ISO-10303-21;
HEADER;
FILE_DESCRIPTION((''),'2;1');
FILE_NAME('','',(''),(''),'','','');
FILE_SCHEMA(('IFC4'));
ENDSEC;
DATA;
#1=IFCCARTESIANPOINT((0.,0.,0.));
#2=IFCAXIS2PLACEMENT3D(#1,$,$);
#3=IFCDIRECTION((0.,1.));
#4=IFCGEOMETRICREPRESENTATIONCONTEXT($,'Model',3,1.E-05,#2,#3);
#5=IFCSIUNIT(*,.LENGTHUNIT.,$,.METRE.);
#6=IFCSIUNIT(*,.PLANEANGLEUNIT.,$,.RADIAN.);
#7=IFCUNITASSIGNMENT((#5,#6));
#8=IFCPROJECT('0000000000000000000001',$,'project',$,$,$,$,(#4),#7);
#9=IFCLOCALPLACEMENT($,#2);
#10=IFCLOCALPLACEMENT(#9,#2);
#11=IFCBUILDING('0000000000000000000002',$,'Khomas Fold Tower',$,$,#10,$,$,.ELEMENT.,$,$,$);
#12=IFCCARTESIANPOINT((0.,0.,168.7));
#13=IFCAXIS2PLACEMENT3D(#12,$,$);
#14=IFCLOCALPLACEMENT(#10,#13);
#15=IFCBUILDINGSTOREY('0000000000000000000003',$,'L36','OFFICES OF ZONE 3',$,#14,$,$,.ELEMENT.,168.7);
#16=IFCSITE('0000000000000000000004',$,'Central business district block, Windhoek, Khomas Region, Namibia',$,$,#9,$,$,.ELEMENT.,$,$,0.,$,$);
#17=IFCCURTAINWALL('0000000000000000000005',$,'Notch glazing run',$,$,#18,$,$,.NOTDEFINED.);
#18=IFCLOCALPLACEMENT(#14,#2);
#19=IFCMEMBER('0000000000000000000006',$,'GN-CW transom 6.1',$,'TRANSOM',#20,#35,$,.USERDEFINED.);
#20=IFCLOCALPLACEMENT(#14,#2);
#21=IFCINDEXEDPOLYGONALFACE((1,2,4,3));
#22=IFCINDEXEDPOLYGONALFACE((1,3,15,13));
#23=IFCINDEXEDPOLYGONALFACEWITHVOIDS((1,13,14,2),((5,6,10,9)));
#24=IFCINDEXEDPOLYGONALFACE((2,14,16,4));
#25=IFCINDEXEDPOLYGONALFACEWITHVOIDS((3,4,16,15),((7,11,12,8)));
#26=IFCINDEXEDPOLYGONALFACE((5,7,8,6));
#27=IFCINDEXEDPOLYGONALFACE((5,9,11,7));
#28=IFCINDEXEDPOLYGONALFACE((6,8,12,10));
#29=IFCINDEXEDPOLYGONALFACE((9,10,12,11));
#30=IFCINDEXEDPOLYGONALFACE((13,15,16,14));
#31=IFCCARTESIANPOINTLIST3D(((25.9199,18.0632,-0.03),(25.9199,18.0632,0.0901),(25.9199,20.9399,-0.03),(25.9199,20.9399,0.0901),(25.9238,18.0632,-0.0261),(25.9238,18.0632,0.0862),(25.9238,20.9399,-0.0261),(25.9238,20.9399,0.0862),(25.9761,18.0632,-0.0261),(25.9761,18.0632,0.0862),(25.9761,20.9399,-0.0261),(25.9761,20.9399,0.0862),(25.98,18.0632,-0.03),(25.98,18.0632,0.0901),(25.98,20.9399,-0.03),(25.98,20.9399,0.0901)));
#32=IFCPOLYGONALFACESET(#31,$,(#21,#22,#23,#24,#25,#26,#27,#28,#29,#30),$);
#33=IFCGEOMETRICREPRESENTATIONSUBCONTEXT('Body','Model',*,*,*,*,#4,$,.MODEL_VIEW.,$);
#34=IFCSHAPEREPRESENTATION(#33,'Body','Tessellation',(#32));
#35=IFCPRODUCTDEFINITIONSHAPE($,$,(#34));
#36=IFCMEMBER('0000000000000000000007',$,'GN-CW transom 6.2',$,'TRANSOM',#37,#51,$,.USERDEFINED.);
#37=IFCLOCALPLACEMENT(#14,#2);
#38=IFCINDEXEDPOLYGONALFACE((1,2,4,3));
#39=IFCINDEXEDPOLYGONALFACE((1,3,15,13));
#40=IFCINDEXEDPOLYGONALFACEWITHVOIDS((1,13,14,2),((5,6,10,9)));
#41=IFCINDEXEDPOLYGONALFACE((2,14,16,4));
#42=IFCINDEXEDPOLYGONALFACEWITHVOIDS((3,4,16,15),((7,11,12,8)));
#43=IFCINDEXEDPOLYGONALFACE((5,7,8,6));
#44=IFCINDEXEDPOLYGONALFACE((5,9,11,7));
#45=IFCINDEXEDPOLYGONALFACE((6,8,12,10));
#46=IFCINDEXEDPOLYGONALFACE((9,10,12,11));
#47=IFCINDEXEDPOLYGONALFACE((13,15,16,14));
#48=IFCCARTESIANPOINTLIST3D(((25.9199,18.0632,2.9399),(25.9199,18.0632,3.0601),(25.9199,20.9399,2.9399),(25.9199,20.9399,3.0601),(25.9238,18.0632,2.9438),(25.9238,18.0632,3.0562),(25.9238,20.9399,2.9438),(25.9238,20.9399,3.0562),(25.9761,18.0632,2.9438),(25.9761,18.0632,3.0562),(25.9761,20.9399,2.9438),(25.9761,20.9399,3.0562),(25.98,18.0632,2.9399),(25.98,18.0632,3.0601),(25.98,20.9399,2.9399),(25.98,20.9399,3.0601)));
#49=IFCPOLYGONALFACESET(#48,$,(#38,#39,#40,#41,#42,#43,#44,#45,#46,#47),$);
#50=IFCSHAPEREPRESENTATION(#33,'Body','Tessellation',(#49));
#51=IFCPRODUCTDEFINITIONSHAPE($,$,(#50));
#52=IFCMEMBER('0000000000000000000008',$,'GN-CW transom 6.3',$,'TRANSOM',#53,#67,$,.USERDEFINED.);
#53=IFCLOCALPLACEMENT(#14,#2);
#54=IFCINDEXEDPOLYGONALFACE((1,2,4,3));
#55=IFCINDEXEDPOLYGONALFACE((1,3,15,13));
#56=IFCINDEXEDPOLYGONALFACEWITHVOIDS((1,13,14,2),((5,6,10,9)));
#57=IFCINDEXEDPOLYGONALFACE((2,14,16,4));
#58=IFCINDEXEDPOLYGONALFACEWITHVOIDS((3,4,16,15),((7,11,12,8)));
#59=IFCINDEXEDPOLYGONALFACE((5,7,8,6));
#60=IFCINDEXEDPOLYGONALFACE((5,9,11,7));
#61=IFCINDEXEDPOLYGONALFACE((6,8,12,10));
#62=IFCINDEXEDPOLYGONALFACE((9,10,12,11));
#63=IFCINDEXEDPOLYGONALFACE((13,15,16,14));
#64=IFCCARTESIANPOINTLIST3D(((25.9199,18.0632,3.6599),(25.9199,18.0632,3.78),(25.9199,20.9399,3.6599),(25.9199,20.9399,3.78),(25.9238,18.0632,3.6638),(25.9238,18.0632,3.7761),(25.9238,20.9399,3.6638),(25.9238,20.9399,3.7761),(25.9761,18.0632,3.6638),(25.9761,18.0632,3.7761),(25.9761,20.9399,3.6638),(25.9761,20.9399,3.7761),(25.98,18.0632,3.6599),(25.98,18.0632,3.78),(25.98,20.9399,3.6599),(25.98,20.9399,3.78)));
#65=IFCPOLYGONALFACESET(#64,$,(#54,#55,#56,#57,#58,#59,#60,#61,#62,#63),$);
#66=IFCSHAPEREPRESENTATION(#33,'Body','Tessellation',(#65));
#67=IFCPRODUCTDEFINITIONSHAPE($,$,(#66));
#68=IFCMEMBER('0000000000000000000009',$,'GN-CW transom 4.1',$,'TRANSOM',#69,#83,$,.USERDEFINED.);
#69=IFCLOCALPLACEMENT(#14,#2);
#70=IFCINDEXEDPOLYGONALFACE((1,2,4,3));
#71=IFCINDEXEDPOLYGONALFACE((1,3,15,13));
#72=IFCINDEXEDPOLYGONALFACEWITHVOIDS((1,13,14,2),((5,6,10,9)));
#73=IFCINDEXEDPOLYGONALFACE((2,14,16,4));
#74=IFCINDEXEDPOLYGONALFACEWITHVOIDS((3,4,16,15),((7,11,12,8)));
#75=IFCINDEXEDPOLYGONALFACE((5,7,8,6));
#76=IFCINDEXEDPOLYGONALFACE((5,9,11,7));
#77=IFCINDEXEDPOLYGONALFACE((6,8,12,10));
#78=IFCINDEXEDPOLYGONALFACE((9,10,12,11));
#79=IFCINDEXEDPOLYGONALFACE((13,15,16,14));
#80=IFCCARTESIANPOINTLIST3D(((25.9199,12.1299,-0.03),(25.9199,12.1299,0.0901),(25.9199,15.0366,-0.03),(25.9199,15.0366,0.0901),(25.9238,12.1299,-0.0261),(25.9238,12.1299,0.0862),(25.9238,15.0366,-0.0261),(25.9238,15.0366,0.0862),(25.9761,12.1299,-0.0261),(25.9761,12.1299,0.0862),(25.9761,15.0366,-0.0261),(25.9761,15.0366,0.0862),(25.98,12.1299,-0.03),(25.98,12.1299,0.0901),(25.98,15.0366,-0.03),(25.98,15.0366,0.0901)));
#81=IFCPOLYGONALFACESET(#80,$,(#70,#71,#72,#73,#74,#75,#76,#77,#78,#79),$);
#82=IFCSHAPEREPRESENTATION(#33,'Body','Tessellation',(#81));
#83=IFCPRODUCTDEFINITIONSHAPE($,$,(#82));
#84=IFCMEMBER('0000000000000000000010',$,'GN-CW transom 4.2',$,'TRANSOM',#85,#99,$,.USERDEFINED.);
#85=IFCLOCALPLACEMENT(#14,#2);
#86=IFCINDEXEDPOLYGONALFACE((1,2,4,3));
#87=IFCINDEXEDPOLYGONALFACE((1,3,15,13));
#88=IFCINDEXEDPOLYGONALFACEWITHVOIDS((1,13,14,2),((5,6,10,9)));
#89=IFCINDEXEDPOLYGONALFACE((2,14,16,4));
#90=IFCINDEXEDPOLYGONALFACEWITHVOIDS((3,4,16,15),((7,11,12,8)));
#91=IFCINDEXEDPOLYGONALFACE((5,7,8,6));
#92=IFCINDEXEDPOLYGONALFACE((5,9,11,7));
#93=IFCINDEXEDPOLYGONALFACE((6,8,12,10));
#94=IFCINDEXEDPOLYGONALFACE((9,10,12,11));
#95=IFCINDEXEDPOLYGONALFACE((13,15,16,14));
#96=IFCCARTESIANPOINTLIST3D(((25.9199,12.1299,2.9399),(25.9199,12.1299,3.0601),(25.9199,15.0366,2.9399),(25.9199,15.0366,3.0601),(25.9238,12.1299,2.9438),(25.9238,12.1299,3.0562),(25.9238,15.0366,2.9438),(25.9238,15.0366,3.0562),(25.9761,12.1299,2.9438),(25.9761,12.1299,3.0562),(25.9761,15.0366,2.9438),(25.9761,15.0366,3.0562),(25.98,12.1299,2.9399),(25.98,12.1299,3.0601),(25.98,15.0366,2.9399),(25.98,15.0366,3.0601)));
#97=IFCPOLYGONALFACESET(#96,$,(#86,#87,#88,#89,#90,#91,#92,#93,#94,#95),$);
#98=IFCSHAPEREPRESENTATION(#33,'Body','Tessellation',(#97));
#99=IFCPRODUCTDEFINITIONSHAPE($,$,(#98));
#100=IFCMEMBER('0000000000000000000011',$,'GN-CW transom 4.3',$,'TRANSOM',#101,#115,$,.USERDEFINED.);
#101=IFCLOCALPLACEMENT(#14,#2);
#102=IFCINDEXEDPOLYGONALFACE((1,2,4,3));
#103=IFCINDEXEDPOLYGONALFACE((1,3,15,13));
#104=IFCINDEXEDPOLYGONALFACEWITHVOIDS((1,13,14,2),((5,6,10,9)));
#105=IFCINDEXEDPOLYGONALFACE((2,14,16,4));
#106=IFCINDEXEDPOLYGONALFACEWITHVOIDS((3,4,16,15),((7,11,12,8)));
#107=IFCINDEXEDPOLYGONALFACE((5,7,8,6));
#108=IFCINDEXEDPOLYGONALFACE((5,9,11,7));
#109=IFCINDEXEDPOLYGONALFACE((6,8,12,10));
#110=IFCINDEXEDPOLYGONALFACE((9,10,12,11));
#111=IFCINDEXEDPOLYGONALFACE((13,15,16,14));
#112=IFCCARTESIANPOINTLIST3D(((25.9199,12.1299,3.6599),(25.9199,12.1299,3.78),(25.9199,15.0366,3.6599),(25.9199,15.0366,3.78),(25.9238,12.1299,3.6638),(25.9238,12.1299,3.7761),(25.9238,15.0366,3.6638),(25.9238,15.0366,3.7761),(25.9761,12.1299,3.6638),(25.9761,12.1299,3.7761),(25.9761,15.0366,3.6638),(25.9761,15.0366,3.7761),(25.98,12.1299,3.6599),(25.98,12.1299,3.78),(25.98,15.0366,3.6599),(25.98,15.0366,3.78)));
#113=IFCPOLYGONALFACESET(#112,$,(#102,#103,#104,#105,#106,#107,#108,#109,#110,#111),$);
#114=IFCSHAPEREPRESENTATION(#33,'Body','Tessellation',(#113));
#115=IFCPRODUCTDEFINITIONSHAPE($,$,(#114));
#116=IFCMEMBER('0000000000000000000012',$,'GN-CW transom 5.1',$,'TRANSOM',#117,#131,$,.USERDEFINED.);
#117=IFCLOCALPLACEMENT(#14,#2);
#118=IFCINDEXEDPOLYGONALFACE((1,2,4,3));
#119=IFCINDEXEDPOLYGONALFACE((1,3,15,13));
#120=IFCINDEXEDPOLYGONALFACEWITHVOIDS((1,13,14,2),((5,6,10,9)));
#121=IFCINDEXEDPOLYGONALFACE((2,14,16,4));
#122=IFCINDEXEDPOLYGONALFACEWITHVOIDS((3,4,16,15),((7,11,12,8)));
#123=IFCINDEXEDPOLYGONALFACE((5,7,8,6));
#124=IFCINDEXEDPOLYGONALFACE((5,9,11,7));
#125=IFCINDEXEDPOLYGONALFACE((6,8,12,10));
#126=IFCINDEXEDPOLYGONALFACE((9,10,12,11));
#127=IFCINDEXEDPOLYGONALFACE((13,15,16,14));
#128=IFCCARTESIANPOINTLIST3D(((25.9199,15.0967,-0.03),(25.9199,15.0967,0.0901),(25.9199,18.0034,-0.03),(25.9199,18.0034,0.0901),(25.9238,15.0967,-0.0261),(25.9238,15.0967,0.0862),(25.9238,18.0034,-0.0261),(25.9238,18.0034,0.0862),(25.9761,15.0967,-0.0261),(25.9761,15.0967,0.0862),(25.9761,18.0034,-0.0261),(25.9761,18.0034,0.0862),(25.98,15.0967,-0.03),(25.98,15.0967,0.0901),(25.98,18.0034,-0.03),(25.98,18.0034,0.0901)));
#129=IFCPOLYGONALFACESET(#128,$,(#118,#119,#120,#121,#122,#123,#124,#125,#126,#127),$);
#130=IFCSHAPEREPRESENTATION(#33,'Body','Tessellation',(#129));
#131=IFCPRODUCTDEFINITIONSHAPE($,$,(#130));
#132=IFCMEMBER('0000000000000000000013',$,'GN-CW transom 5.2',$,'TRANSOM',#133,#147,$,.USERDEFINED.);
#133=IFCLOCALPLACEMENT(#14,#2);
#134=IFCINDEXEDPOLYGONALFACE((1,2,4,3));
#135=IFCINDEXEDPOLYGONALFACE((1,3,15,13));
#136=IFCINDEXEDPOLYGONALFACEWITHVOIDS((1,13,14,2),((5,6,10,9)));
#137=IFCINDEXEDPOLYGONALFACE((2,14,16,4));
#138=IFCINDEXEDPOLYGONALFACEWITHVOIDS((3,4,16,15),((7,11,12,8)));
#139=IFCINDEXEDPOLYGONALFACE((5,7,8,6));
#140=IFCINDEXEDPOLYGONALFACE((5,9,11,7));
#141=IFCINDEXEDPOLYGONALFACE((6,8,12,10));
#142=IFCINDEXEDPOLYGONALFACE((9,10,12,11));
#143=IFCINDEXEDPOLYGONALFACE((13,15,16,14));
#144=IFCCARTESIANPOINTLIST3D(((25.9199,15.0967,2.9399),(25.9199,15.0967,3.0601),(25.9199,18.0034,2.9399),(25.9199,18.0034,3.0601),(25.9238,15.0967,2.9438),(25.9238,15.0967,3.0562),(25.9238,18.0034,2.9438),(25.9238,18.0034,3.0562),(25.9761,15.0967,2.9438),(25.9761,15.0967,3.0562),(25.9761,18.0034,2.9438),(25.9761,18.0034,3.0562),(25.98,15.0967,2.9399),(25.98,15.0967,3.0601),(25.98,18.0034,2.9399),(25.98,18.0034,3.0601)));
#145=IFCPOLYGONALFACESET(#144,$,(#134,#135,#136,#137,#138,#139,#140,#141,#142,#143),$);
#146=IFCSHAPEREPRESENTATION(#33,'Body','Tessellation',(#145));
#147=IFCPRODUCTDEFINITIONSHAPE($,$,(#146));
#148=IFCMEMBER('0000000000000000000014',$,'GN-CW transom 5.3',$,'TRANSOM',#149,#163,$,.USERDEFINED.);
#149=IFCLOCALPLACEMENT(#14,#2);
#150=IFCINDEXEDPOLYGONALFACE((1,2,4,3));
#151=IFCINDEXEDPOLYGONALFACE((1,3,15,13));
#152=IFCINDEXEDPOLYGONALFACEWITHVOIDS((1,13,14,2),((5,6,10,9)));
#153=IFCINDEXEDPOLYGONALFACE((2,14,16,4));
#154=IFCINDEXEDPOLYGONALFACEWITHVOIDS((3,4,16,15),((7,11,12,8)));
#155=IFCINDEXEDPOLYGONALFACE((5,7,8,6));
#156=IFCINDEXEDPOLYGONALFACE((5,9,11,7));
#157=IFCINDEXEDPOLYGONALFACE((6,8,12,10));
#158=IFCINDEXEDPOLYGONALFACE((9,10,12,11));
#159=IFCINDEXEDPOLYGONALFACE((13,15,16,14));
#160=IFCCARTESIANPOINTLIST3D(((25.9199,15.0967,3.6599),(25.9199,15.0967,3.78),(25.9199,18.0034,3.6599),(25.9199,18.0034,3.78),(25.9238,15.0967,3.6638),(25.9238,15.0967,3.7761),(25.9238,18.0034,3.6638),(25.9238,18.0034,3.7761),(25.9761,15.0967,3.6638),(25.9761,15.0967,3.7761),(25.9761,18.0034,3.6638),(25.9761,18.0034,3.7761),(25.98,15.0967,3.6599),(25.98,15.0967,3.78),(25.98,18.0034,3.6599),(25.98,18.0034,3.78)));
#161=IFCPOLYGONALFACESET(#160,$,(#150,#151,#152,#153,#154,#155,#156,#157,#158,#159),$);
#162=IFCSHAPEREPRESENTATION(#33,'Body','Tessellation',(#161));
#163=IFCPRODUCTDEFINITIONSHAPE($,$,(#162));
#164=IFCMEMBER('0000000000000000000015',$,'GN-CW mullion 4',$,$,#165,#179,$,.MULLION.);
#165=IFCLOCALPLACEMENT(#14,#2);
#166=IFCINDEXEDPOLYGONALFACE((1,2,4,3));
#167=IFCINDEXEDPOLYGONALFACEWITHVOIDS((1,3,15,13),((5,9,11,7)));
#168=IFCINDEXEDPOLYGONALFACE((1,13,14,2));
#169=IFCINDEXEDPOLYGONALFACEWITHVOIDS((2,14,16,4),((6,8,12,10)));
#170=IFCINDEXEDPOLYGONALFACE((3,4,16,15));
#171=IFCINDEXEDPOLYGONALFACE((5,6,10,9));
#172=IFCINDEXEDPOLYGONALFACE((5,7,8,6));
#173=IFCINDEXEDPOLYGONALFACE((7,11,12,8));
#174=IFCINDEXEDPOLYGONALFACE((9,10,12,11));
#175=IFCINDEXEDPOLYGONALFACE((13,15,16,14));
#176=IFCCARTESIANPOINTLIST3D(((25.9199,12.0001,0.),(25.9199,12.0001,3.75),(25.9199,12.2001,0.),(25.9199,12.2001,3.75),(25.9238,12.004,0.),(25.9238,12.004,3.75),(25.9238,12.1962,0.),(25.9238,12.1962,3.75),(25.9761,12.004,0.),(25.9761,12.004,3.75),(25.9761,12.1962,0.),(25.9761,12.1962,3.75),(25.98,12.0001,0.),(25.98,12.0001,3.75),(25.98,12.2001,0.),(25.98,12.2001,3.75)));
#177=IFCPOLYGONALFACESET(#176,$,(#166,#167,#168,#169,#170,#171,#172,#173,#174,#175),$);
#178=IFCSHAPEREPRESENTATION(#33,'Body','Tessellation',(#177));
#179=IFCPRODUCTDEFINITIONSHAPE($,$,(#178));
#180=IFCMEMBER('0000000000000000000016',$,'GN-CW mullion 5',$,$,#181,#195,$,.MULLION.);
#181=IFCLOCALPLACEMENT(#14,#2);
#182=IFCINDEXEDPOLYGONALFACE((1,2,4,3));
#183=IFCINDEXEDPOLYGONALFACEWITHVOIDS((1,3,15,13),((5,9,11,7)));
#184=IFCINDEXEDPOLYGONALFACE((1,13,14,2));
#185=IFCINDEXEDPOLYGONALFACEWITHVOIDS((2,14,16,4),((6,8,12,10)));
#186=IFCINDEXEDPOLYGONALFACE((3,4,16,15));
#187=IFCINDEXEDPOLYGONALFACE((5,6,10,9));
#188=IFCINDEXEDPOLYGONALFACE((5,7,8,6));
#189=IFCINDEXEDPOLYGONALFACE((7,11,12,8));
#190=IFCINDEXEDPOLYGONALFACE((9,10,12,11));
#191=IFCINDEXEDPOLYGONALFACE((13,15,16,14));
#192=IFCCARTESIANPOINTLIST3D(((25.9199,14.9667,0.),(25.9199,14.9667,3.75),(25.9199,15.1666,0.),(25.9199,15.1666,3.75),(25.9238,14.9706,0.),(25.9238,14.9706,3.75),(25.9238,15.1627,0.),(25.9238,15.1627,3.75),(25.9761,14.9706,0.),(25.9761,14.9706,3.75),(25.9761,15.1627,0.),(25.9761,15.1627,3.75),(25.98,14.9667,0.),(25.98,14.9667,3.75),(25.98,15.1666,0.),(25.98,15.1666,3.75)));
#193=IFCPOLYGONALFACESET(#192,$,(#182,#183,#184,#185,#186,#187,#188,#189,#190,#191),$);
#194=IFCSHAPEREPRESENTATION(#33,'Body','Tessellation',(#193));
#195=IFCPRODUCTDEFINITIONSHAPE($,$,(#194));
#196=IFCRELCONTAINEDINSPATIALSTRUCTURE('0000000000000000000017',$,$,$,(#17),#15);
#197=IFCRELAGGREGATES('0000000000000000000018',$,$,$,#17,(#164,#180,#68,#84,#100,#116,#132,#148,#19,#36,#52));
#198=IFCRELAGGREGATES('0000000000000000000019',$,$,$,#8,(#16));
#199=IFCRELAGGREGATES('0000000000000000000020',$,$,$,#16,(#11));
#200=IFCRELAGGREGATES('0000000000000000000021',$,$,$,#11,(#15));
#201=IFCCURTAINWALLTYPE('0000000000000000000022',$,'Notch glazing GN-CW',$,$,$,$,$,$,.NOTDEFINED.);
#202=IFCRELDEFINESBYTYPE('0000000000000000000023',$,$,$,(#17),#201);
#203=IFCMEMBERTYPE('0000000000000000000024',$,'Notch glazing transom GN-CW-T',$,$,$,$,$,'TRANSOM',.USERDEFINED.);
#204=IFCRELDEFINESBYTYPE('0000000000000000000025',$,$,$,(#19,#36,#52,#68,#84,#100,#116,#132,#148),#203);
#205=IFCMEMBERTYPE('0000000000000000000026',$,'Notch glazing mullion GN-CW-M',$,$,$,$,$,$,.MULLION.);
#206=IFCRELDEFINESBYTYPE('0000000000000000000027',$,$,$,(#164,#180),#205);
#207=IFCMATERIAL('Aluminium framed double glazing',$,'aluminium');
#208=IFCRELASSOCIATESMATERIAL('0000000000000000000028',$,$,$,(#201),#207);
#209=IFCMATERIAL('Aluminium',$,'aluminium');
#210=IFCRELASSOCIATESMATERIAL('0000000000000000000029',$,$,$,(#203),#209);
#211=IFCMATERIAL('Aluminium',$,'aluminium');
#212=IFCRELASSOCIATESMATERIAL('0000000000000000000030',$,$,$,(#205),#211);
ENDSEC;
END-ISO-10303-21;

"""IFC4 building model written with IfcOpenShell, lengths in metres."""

from ifc_helpers import new_model, si_unit, direction, frame, origin, origin_2d, place, context, subcontext, project, spatial, hollow_rectangle, extrude, source, transform, mapped, material, material_profile, profile_set, type_object, element, aggregate, save


model = new_model("IFC4")

# Units and contexts
model_context = context("Model", 3, precision=1e-05, world=origin(), true_north=direction((0.0, 1.0)))
body_context = subcontext(model_context, "Body", "Model", "MODEL_VIEW")
ifc_project = project(units=[si_unit("LENGTHUNIT", "METRE"), si_unit("PLANEANGLEUNIT", "RADIAN")], contexts=[model_context])

# Site, building, storey
site_placement = place(None, origin())
site = spatial("IfcSite", under=ifc_project, at=site_placement, Name="Central business district block, Windhoek, Khomas Region, Namibia", CompositionType="ELEMENT", RefElevation=0.0)
building_placement = place(site_placement, origin())
building = spatial("IfcBuilding", under=site, at=building_placement, Name="Khomas Fold Tower", CompositionType="ELEMENT")
storey_placement = place(building_placement, frame((0.0, 0.0, 168.7)))
storey = spatial("IfcBuildingStorey", under=building, at=storey_placement, Name="L36", Description="OFFICES OF ZONE 3", CompositionType="ELEMENT", Elevation=168.7)

# Curtain wall, members
ifc_material_1 = material(Name="Aluminium framed double glazing", Category="aluminium")
curtain_wall_type = type_object("IfcCurtainWallType", Name="Notch glazing GN-CW", PredefinedType="NOTDEFINED", material=ifc_material_1)
curtain_wall_placement = place(storey_placement, origin())
curtain_wall = element("IfcCurtainWall", 1, at=curtain_wall_placement, inside=storey, type_object=curtain_wall_type, Name="Notch glazing run", PredefinedType="NOTDEFINED")
ifc_material_2 = material(Name="Aluminium", Category="aluminium")
ifc_material_profile_1 = material_profile(ifc_material_2, hollow_rectangle(XDim=0.0601, YDim=0.1201, WallThickness=0.0039, at=origin_2d()), Name="Notch glazing transom GN-CW-T")
ifc_profile_set_1 = profile_set([ifc_material_profile_1], Name="Aluminium")
member_type_1 = type_object("IfcMemberType", Name="Notch glazing transom GN-CW-T", ElementType="TRANSOM", PredefinedType="USERDEFINED", material=ifc_profile_set_1)
shared_shape_1 = source(origin(), body_context, "Body", "SweptSolid", [
    extrude(hollow_rectangle(XDim=0.0601, YDim=0.1201, WallThickness=0.0039, at=origin_2d()), origin(), (0.0, 0.0, 1.0), 2.8767),
])
member_1_placement = place(storey_placement, frame((25.95, 18.0632, 0.03), z_axis=(0.0, 1.0, 0.0), x_axis=(-1.0, 0.0, 0.0)))
member_1 = element("IfcMember", 2, at=member_1_placement, type_object=member_type_1, Name="GN-CW transom 6.1", ObjectType="TRANSOM", PredefinedType="USERDEFINED", context=body_context, shape_type="MappedRepresentation", body=[
    mapped(shared_shape_1, transform((0.0, 0.0, 0.0))),
])
member_2_placement = place(storey_placement, frame((25.95, 18.0632, 3.0), z_axis=(0.0, 1.0, 0.0), x_axis=(-1.0, 0.0, 0.0)))
member_2 = element("IfcMember", 3, at=member_2_placement, type_object=member_type_1, Name="GN-CW transom 6.2", ObjectType="TRANSOM", PredefinedType="USERDEFINED", context=body_context, shape_type="MappedRepresentation", body=[
    mapped(shared_shape_1, transform((0.0, 0.0, 0.0))),
])
member_3_placement = place(storey_placement, frame((25.95, 18.0632, 3.72), z_axis=(0.0, 1.0, 0.0), x_axis=(-1.0, 0.0, 0.0)))
member_3 = element("IfcMember", 4, at=member_3_placement, type_object=member_type_1, Name="GN-CW transom 6.3", ObjectType="TRANSOM", PredefinedType="USERDEFINED", context=body_context, shape_type="MappedRepresentation", body=[
    mapped(shared_shape_1, transform((0.0, 0.0, 0.0))),
])
shared_shape_2 = source(origin(), body_context, "Body", "SweptSolid", [
    extrude(hollow_rectangle(XDim=0.0601, YDim=0.1201, WallThickness=0.0039, at=origin_2d()), origin(), (0.0, 0.0, 1.0), 2.9067),
])
member_4_placement = place(storey_placement, frame((25.95, 12.1299, 0.03), z_axis=(0.0, 1.0, 0.0), x_axis=(-1.0, 0.0, 0.0)))
member_4 = element("IfcMember", 5, at=member_4_placement, type_object=member_type_1, Name="GN-CW transom 4.1", ObjectType="TRANSOM", PredefinedType="USERDEFINED", context=body_context, shape_type="MappedRepresentation", body=[
    mapped(shared_shape_2, transform((0.0, 0.0, 0.0))),
])
member_5_placement = place(storey_placement, frame((25.95, 12.1299, 3.0), z_axis=(0.0, 1.0, 0.0), x_axis=(-1.0, 0.0, 0.0)))
member_5 = element("IfcMember", 6, at=member_5_placement, type_object=member_type_1, Name="GN-CW transom 4.2", ObjectType="TRANSOM", PredefinedType="USERDEFINED", context=body_context, shape_type="MappedRepresentation", body=[
    mapped(shared_shape_2, transform((0.0, 0.0, 0.0))),
])
member_6_placement = place(storey_placement, frame((25.95, 12.1299, 3.72), z_axis=(0.0, 1.0, 0.0), x_axis=(-1.0, 0.0, 0.0)))
member_6 = element("IfcMember", 7, at=member_6_placement, type_object=member_type_1, Name="GN-CW transom 4.3", ObjectType="TRANSOM", PredefinedType="USERDEFINED", context=body_context, shape_type="MappedRepresentation", body=[
    mapped(shared_shape_2, transform((0.0, 0.0, 0.0))),
])
member_7_placement = place(storey_placement, frame((25.95, 15.0967, 0.03), z_axis=(0.0, 1.0, 0.0), x_axis=(-1.0, 0.0, 0.0)))
member_7 = element("IfcMember", 8, at=member_7_placement, type_object=member_type_1, Name="GN-CW transom 5.1", ObjectType="TRANSOM", PredefinedType="USERDEFINED", context=body_context, shape_type="MappedRepresentation", body=[
    mapped(shared_shape_2, transform((0.0, 0.0, 0.0))),
])
member_8_placement = place(storey_placement, frame((25.95, 15.0967, 3.0), z_axis=(0.0, 1.0, 0.0), x_axis=(-1.0, 0.0, 0.0)))
member_8 = element("IfcMember", 9, at=member_8_placement, type_object=member_type_1, Name="GN-CW transom 5.2", ObjectType="TRANSOM", PredefinedType="USERDEFINED", context=body_context, shape_type="MappedRepresentation", body=[
    mapped(shared_shape_2, transform((0.0, 0.0, 0.0))),
])
member_9_placement = place(storey_placement, frame((25.95, 15.0967, 3.72), z_axis=(0.0, 1.0, 0.0), x_axis=(-1.0, 0.0, 0.0)))
member_9 = element("IfcMember", 10, at=member_9_placement, type_object=member_type_1, Name="GN-CW transom 5.3", ObjectType="TRANSOM", PredefinedType="USERDEFINED", context=body_context, shape_type="MappedRepresentation", body=[
    mapped(shared_shape_2, transform((0.0, 0.0, 0.0))),
])
ifc_material_3 = material(Name="Aluminium", Category="aluminium")
ifc_material_profile_2 = material_profile(ifc_material_3, hollow_rectangle(XDim=0.0601, YDim=0.2, WallThickness=0.0039, at=origin_2d()), Name="Notch glazing mullion GN-CW-M")
ifc_profile_set_2 = profile_set([ifc_material_profile_2], Name="Aluminium")
member_type_2 = type_object("IfcMemberType", Name="Notch glazing mullion GN-CW-M", PredefinedType="MULLION", material=ifc_profile_set_2)
shared_shape_3 = source(origin(), body_context, "Body", "SweptSolid", [
    extrude(hollow_rectangle(XDim=0.0601, YDim=0.2, WallThickness=0.0039, at=origin_2d()), origin(), (0.0, 0.0, 1.0), 3.75),
])
member_10_placement = place(storey_placement, frame((25.95, 12.1001, 0.0), z_axis=(0.0, 0.0, 1.0), x_axis=(-1.0, 0.0, 0.0)))
member_10 = element("IfcMember", 11, at=member_10_placement, type_object=member_type_2, Name="GN-CW mullion 4", PredefinedType="MULLION", context=body_context, shape_type="MappedRepresentation", body=[
    mapped(shared_shape_3, transform((0.0, 0.0, 0.0))),
])
member_11_placement = place(storey_placement, frame((25.95, 15.0667, 0.0), z_axis=(0.0, 0.0, 1.0), x_axis=(-1.0, 0.0, 0.0)))
member_11 = element("IfcMember", 12, at=member_11_placement, type_object=member_type_2, Name="GN-CW mullion 5", PredefinedType="MULLION", context=body_context, shape_type="MappedRepresentation", body=[
    mapped(shared_shape_3, transform((0.0, 0.0, 0.0))),
])
aggregate(curtain_wall, [member_10, member_11, member_4, member_5, member_6, member_7, member_8, member_9, member_1, member_2, member_3])

save(model, "model.ifc")
